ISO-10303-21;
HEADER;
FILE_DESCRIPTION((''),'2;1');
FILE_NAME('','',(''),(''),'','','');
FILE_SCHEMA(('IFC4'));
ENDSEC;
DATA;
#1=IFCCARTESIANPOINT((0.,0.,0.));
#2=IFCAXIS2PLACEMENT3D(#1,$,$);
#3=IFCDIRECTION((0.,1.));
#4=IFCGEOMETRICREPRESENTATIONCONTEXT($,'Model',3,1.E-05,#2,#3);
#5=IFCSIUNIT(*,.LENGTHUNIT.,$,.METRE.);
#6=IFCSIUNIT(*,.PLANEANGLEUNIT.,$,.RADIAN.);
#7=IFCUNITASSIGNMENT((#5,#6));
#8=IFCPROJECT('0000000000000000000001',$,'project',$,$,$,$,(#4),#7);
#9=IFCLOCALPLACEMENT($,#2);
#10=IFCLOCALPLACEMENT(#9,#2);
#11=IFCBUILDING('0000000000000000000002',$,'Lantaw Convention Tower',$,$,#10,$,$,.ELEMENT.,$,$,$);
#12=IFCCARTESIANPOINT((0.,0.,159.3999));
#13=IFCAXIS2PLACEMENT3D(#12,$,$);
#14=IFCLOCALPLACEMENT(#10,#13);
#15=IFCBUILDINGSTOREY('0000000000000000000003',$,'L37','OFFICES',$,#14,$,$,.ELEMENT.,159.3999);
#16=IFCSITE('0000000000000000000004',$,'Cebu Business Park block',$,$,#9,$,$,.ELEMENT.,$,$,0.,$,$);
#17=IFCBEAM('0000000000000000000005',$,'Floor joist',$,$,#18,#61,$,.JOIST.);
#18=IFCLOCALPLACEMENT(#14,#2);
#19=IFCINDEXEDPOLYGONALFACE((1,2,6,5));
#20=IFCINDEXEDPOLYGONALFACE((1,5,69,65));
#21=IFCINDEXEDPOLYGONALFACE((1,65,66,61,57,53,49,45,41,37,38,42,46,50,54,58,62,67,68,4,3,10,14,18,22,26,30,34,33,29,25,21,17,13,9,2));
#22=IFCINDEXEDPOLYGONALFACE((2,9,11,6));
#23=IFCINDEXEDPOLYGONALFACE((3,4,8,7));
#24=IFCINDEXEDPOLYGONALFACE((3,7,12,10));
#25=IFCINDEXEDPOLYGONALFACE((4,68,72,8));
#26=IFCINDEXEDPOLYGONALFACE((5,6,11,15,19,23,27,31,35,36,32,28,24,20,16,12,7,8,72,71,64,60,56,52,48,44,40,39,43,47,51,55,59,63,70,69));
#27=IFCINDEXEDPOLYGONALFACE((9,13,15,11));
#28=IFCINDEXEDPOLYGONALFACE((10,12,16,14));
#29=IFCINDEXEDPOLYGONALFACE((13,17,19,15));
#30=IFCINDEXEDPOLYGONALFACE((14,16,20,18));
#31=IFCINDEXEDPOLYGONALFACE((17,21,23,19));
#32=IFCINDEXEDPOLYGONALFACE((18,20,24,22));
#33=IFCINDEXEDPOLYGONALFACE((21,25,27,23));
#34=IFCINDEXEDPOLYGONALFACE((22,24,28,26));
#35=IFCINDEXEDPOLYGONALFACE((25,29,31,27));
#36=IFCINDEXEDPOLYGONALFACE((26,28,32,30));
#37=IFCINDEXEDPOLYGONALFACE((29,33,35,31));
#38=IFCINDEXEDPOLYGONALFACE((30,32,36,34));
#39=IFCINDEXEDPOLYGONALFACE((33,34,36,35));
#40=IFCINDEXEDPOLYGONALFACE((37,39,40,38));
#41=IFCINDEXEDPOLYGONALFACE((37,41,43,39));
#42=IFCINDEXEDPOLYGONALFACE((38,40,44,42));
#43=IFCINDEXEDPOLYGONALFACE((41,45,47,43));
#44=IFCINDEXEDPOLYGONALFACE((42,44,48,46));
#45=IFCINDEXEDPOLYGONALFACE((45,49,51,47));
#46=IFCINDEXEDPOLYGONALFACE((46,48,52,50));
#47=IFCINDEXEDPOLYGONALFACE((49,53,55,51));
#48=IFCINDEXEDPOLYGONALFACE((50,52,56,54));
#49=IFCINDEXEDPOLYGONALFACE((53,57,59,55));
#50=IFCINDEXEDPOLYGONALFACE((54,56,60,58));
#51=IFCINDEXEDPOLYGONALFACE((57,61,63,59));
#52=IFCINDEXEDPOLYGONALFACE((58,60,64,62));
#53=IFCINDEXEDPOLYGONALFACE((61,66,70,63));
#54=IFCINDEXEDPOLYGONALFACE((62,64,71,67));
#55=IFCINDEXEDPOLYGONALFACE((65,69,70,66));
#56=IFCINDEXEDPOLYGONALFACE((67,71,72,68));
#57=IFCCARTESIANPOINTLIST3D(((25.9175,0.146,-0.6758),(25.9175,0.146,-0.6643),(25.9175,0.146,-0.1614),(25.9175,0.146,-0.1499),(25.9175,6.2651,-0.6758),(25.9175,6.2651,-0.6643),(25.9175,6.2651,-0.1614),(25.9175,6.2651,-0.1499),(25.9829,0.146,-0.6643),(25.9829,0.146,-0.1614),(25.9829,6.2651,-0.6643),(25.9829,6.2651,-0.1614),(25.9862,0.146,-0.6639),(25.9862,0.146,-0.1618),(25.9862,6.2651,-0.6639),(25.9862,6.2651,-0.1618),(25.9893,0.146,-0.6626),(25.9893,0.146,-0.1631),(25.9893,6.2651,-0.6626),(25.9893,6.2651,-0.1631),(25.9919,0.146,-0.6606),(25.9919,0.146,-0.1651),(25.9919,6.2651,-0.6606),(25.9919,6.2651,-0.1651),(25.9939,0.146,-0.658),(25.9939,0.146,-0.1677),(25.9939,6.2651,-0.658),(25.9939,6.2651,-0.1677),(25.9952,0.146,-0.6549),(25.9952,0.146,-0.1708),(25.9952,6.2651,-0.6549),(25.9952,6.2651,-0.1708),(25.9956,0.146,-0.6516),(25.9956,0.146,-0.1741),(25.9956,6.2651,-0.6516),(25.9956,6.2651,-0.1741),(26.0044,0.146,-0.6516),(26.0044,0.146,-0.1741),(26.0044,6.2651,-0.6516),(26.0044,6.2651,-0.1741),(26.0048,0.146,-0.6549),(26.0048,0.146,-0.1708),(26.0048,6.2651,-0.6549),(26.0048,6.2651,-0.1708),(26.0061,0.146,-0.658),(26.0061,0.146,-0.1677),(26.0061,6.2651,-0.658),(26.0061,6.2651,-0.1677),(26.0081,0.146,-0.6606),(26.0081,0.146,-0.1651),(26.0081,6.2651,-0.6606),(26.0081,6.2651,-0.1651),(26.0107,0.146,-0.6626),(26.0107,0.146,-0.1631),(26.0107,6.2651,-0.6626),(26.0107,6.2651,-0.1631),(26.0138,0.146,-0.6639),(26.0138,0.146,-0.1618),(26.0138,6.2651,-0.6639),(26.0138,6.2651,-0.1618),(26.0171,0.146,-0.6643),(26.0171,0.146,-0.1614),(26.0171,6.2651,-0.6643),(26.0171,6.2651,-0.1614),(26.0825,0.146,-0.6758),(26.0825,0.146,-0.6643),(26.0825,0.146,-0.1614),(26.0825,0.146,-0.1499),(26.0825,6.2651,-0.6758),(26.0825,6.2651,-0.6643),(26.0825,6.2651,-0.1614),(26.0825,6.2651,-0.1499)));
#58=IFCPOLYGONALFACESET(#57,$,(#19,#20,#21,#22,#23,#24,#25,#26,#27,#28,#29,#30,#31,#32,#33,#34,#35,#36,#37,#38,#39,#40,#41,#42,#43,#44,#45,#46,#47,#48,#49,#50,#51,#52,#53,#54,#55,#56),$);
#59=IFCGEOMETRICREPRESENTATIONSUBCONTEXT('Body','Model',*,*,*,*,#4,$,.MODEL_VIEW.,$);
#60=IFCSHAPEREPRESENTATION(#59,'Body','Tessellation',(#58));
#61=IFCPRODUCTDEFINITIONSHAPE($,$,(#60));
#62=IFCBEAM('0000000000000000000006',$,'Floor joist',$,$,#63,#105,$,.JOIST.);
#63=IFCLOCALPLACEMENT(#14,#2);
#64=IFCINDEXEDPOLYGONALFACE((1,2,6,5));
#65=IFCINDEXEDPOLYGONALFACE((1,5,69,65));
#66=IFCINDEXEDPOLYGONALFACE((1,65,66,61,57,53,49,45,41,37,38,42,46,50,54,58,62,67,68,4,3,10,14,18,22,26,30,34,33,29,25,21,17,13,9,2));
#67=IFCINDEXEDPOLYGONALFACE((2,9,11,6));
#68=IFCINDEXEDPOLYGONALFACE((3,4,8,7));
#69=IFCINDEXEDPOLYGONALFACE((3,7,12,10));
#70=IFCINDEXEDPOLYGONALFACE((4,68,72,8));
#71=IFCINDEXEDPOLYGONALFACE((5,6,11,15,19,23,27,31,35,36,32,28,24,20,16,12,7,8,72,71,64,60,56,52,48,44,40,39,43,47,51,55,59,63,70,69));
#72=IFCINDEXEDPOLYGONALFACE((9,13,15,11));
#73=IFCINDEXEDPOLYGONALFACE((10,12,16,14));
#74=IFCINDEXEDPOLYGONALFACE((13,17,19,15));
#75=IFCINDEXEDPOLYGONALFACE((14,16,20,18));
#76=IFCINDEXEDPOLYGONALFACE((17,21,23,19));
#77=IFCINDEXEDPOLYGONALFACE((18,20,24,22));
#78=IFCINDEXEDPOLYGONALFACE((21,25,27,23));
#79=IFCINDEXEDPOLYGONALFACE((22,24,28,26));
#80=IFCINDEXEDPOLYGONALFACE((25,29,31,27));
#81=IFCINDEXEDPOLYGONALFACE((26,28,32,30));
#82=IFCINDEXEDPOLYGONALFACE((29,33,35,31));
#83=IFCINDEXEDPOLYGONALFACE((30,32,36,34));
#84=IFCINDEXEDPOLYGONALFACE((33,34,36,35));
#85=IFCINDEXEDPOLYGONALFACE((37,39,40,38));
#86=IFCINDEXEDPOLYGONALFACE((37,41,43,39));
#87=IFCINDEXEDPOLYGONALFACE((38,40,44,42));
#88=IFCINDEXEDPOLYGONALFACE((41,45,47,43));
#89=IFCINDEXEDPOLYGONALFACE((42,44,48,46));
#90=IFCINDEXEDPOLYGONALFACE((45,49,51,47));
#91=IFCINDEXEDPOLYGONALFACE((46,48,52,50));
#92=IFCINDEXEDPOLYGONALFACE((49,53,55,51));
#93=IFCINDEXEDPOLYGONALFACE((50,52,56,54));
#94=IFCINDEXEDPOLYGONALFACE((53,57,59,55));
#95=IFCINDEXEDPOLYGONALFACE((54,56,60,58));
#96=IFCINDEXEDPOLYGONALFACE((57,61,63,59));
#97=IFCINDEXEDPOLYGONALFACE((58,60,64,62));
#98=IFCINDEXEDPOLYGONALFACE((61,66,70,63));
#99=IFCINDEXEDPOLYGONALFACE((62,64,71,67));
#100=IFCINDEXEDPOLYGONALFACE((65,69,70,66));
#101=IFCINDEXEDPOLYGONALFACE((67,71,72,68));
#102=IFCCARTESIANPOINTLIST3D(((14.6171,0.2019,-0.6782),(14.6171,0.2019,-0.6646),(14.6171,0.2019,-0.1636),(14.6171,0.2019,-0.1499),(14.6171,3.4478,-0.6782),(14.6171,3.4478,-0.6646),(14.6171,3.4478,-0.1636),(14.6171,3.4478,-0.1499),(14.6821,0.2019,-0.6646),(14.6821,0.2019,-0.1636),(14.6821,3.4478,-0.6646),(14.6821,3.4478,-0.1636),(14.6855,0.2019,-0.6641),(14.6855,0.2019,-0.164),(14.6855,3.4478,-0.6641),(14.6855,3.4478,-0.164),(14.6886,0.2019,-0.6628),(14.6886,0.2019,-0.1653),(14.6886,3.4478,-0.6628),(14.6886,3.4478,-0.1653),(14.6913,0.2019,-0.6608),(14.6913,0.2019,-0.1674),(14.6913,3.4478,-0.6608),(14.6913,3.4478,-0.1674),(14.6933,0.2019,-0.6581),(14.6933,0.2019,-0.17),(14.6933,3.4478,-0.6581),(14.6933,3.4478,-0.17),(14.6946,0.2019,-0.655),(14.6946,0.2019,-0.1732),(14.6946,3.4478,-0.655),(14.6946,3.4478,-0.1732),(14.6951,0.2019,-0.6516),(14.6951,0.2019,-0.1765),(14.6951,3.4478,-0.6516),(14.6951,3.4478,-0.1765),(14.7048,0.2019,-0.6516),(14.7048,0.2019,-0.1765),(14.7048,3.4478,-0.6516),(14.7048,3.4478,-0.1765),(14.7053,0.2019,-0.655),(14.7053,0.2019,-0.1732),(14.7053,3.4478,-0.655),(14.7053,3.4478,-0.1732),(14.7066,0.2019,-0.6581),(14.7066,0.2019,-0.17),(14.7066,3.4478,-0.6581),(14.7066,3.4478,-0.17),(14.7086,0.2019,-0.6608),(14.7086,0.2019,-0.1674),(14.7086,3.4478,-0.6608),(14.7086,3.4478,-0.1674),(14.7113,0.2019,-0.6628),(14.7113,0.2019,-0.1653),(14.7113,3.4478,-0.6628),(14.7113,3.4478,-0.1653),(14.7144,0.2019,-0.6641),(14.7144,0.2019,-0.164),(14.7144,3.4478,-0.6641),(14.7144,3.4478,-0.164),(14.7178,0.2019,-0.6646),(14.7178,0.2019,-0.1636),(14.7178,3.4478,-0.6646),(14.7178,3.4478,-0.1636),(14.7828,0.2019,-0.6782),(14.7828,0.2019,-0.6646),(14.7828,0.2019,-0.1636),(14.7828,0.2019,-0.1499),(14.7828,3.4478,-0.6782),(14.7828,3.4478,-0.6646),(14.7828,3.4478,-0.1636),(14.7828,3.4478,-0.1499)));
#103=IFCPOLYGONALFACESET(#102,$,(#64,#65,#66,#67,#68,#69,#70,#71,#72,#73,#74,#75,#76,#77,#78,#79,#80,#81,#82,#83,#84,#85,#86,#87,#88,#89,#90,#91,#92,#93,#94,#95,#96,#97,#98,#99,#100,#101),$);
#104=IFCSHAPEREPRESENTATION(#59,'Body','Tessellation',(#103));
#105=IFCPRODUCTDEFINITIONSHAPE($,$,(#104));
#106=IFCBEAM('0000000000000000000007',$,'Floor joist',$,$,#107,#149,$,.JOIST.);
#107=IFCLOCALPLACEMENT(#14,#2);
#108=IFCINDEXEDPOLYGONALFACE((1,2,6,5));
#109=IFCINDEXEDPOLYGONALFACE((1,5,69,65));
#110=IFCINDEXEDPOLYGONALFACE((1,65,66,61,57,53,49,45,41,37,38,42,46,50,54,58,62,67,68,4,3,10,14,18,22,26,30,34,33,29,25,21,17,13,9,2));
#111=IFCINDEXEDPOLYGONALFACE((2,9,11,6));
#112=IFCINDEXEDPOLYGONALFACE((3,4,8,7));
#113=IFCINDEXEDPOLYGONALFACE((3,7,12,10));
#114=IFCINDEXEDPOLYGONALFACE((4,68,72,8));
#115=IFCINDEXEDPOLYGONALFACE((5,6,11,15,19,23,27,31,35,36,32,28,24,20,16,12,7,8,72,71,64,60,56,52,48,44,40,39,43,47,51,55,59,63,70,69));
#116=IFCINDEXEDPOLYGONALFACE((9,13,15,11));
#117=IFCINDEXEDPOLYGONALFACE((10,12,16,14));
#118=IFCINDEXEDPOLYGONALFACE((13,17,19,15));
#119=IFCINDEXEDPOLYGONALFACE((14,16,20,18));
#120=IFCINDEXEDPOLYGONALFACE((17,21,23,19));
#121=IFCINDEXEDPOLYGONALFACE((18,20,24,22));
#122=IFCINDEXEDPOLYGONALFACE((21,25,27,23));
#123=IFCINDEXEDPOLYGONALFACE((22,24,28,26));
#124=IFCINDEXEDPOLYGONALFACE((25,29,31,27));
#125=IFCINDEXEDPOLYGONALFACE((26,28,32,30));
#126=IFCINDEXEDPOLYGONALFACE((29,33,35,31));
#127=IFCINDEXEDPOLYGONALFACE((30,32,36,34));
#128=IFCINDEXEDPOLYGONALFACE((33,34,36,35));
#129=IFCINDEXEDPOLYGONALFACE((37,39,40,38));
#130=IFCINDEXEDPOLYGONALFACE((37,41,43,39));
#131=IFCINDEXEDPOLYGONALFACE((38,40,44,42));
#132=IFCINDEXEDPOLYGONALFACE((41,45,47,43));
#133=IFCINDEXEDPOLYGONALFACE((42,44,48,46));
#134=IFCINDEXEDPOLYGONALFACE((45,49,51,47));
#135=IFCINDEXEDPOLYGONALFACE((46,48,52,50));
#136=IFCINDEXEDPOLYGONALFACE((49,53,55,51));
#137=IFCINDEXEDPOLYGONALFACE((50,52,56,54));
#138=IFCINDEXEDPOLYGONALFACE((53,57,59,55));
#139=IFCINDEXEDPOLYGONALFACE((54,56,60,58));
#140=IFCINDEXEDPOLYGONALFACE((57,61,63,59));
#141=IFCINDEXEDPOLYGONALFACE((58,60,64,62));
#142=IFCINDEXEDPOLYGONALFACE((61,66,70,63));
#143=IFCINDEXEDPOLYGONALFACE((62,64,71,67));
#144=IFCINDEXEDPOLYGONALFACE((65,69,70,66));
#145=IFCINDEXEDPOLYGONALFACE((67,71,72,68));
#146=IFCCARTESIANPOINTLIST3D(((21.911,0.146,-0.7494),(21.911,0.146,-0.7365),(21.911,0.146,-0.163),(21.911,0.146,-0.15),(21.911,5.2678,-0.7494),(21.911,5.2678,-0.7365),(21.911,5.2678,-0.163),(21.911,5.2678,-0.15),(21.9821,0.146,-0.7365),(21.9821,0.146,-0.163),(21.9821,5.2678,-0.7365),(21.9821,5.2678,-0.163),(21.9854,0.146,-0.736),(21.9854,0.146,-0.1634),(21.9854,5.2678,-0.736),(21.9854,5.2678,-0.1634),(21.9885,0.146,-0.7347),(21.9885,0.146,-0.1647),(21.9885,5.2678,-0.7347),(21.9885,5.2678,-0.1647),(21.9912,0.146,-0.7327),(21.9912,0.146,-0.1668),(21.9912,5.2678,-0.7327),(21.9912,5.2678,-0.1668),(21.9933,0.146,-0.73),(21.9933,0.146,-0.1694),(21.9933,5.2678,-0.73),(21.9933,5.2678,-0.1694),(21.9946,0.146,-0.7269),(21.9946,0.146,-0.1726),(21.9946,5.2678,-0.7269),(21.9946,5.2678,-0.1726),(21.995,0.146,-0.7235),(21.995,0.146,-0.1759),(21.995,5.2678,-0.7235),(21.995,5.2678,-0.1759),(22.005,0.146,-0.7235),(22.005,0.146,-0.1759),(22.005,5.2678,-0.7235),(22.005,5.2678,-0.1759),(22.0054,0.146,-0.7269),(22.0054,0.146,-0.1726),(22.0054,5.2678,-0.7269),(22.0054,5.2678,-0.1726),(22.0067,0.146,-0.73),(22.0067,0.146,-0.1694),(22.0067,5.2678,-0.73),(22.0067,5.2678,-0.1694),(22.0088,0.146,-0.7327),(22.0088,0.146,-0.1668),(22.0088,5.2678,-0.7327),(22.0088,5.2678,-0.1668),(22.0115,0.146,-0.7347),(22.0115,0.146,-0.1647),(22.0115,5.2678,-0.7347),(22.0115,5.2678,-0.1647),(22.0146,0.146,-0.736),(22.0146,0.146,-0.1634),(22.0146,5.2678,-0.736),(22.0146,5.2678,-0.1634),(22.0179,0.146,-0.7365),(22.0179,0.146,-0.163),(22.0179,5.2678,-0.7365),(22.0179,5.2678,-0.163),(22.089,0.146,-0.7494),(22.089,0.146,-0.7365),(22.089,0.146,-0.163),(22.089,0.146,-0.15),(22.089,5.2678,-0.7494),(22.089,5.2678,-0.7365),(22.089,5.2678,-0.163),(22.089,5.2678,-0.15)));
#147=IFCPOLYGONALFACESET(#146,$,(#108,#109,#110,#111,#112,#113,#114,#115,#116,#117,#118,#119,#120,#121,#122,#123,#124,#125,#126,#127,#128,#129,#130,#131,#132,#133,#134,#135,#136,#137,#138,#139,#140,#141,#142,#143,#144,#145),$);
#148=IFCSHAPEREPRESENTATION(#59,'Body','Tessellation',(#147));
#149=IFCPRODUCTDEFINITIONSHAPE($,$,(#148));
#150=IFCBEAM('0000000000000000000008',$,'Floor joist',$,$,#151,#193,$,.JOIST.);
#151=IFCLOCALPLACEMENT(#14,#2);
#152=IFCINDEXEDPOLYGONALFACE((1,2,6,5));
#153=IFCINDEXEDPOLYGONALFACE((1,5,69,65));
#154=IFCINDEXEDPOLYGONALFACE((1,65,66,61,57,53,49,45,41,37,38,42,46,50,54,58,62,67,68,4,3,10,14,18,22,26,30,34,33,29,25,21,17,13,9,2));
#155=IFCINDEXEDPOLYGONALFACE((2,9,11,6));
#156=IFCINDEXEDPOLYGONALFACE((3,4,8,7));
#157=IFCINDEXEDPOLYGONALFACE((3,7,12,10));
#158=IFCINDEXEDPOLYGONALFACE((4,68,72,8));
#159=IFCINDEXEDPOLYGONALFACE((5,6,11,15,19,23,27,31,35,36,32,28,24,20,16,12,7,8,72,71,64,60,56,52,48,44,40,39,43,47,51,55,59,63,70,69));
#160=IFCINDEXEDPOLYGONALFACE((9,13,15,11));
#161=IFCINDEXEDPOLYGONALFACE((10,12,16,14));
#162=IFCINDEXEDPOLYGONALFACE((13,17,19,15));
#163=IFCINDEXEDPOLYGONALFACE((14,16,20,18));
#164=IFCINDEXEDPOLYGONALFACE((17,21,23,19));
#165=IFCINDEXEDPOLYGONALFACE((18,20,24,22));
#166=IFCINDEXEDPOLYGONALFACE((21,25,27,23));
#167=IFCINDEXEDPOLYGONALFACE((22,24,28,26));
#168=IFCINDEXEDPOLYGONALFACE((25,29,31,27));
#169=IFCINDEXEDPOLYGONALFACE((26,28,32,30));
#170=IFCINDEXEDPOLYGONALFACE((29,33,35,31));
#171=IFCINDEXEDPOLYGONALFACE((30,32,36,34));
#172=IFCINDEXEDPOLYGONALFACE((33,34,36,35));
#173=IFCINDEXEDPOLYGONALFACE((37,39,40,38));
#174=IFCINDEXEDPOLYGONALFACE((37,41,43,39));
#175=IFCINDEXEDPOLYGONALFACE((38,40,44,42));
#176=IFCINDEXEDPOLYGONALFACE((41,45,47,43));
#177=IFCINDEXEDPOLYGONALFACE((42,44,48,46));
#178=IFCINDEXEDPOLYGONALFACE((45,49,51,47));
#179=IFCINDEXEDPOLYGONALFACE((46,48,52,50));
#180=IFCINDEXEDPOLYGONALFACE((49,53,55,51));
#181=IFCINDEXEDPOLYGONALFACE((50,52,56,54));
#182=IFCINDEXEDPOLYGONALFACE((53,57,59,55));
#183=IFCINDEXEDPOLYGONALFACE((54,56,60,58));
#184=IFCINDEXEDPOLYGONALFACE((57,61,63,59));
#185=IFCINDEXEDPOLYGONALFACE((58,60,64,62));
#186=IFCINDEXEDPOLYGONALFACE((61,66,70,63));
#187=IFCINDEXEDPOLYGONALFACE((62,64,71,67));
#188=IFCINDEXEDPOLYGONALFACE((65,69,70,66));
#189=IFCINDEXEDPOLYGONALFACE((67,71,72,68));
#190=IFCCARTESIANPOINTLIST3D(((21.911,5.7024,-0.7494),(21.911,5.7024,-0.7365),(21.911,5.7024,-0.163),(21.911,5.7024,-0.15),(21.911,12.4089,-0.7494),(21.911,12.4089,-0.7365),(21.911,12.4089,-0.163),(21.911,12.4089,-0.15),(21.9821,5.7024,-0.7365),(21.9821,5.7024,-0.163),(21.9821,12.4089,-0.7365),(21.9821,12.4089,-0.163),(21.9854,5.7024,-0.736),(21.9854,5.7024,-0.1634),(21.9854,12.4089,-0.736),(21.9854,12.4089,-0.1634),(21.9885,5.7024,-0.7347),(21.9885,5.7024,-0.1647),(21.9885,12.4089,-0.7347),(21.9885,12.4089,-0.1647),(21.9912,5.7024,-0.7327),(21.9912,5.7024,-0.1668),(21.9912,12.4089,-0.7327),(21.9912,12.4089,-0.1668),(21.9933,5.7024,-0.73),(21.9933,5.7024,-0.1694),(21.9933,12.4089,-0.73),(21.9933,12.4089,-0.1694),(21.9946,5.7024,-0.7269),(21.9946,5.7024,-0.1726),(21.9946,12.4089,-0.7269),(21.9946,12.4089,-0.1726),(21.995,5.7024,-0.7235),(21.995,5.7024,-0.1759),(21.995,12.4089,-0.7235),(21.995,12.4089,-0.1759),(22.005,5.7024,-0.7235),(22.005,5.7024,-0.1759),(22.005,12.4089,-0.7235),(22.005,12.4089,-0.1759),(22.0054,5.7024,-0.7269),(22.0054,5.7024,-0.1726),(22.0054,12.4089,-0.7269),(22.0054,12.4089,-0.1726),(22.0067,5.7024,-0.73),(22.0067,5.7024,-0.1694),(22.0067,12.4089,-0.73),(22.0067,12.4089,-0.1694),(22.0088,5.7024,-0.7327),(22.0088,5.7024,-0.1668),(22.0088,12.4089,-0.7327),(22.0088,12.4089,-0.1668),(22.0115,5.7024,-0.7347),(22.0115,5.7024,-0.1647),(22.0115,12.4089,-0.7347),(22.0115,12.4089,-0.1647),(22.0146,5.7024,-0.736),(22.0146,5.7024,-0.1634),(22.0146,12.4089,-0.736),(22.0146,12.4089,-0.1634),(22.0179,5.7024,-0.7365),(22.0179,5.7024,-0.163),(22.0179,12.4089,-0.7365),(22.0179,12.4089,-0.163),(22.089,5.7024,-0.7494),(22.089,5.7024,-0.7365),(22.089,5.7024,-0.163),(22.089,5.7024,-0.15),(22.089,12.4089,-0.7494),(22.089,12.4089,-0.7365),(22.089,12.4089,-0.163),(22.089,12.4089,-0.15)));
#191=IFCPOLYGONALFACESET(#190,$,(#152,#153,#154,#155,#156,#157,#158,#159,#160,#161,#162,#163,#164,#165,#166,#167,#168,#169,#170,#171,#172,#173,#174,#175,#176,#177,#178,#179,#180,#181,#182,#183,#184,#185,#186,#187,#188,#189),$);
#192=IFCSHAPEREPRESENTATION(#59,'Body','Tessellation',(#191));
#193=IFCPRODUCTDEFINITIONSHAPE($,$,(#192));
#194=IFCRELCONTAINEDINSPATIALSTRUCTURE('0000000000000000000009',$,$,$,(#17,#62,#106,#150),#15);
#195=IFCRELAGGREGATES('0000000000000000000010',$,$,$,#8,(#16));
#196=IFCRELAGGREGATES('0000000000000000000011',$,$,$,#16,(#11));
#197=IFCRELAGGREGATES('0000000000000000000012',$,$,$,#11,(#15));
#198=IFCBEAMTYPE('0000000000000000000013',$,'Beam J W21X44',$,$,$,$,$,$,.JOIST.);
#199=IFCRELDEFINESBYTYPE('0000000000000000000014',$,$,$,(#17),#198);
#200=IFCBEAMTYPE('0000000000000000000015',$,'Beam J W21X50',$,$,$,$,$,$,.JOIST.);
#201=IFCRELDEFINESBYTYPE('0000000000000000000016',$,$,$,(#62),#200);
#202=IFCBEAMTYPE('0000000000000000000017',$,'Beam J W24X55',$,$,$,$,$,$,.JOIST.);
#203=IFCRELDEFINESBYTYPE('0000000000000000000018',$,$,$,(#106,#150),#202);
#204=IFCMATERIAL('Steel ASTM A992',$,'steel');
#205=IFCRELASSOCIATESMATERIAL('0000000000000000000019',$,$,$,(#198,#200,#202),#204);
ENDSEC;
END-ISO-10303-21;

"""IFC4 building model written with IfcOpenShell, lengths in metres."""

from ifc_helpers import new_model, si_unit, direction, frame, origin, origin_2d, place, context, subcontext, project, spatial, i_section, extrude, material, material_profile, profile_set, type_object, element, save


model = new_model("IFC4")

# Units and contexts
model_context = context("Model", 3, precision=1e-05, world=origin(), true_north=direction((0.0, 1.0)))
body_context = subcontext(model_context, "Body", "Model", "MODEL_VIEW")
ifc_project = project(units=[si_unit("LENGTHUNIT", "METRE"), si_unit("PLANEANGLEUNIT", "RADIAN")], contexts=[model_context])

# Site, building, storey
site_placement = place(None, origin())
site = spatial("IfcSite", under=ifc_project, at=site_placement, Name="Cebu Business Park block", CompositionType="ELEMENT", RefElevation=0.0)
building_placement = place(site_placement, origin())
building = spatial("IfcBuilding", under=site, at=building_placement, Name="Lantaw Convention Tower", CompositionType="ELEMENT")
storey_placement = place(building_placement, frame((0.0, 0.0, 159.3999)))
storey = spatial("IfcBuildingStorey", under=building, at=storey_placement, Name="L37", Description="OFFICES", CompositionType="ELEMENT", Elevation=159.3999)

# Beams
ifc_material_1 = material(Name="Steel ASTM A992", Category="steel")
ifc_material_profile_1 = material_profile(ifc_material_1, i_section(OverallWidth=0.165, OverallDepth=0.5259, WebThickness=0.0088, FlangeThickness=0.0115, FilletRadius=0.0127, at=origin_2d()), Name="W21X44")
ifc_profile_set_1 = profile_set([ifc_material_profile_1], Name="Steel ASTM A992")
beam_type_1 = type_object("IfcBeamType", Name="Beam J W21X44", PredefinedType="JOIST", material=ifc_profile_set_1)
beam_1_placement = place(storey_placement, frame((26.0, 0.146, -0.4128), z_axis=(0.0, 1.0, 0.0), x_axis=(-1.0, 0.0, 0.0)))
element("IfcBeam", 1, at=beam_1_placement, inside=storey, type_object=beam_type_1, Name="Floor joist", PredefinedType="JOIST", context=body_context, shape_type="SweptSolid", body=[
    extrude(i_section(OverallWidth=0.165, OverallDepth=0.5259, WebThickness=0.0088, FlangeThickness=0.0115, FilletRadius=0.0127, at=origin_2d()), origin(), (0.0, 0.0, 1.0), 6.1191),
])
ifc_material_profile_2 = material_profile(ifc_material_1, i_section(OverallWidth=0.1658, OverallDepth=0.5283, WebThickness=0.0098, FlangeThickness=0.0137, FilletRadius=0.0129, at=origin_2d()), Name="W21X50")
ifc_profile_set_2 = profile_set([ifc_material_profile_2], Name="Steel ASTM A992")
beam_type_2 = type_object("IfcBeamType", Name="Beam J W21X50", PredefinedType="JOIST", material=ifc_profile_set_2)
beam_2_placement = place(storey_placement, frame((14.7, 0.2019, -0.4141), z_axis=(0.0, 1.0, 0.0), x_axis=(-1.0, 0.0, 0.0)))
element("IfcBeam", 2, at=beam_2_placement, inside=storey, type_object=beam_type_2, Name="Floor joist", PredefinedType="JOIST", context=body_context, shape_type="SweptSolid", body=[
    extrude(i_section(OverallWidth=0.1658, OverallDepth=0.5283, WebThickness=0.0098, FlangeThickness=0.0137, FilletRadius=0.0129, at=origin_2d()), origin(), (0.0, 0.0, 1.0), 3.2458),
])
ifc_material_profile_3 = material_profile(ifc_material_1, i_section(OverallWidth=0.178, OverallDepth=0.5994, WebThickness=0.01, FlangeThickness=0.0129, FilletRadius=0.0129, at=origin_2d()), Name="W24X55")
ifc_profile_set_3 = profile_set([ifc_material_profile_3], Name="Steel ASTM A992")
beam_type_3 = type_object("IfcBeamType", Name="Beam J W24X55", PredefinedType="JOIST", material=ifc_profile_set_3)
beam_3_placement = place(storey_placement, frame((22.0, 0.146, -0.4497), z_axis=(0.0, 1.0, 0.0), x_axis=(-1.0, 0.0, 0.0)))
element("IfcBeam", 3, at=beam_3_placement, inside=storey, type_object=beam_type_3, Name="Floor joist", PredefinedType="JOIST", context=body_context, shape_type="SweptSolid", body=[
    extrude(i_section(OverallWidth=0.178, OverallDepth=0.5994, WebThickness=0.01, FlangeThickness=0.0129, FilletRadius=0.0129, at=origin_2d()), origin(), (0.0, 0.0, 1.0), 5.1218),
])
beam_4_placement = place(storey_placement, frame((22.0, 5.7024, -0.4497), z_axis=(0.0, 1.0, 0.0), x_axis=(-1.0, 0.0, 0.0)))
element("IfcBeam", 4, at=beam_4_placement, inside=storey, type_object=beam_type_3, Name="Floor joist", PredefinedType="JOIST", context=body_context, shape_type="SweptSolid", body=[
    extrude(i_section(OverallWidth=0.178, OverallDepth=0.5994, WebThickness=0.01, FlangeThickness=0.0129, FilletRadius=0.0129, at=origin_2d()), origin(), (0.0, 0.0, 1.0), 6.7065),
])

save(model, "model.ifc")
